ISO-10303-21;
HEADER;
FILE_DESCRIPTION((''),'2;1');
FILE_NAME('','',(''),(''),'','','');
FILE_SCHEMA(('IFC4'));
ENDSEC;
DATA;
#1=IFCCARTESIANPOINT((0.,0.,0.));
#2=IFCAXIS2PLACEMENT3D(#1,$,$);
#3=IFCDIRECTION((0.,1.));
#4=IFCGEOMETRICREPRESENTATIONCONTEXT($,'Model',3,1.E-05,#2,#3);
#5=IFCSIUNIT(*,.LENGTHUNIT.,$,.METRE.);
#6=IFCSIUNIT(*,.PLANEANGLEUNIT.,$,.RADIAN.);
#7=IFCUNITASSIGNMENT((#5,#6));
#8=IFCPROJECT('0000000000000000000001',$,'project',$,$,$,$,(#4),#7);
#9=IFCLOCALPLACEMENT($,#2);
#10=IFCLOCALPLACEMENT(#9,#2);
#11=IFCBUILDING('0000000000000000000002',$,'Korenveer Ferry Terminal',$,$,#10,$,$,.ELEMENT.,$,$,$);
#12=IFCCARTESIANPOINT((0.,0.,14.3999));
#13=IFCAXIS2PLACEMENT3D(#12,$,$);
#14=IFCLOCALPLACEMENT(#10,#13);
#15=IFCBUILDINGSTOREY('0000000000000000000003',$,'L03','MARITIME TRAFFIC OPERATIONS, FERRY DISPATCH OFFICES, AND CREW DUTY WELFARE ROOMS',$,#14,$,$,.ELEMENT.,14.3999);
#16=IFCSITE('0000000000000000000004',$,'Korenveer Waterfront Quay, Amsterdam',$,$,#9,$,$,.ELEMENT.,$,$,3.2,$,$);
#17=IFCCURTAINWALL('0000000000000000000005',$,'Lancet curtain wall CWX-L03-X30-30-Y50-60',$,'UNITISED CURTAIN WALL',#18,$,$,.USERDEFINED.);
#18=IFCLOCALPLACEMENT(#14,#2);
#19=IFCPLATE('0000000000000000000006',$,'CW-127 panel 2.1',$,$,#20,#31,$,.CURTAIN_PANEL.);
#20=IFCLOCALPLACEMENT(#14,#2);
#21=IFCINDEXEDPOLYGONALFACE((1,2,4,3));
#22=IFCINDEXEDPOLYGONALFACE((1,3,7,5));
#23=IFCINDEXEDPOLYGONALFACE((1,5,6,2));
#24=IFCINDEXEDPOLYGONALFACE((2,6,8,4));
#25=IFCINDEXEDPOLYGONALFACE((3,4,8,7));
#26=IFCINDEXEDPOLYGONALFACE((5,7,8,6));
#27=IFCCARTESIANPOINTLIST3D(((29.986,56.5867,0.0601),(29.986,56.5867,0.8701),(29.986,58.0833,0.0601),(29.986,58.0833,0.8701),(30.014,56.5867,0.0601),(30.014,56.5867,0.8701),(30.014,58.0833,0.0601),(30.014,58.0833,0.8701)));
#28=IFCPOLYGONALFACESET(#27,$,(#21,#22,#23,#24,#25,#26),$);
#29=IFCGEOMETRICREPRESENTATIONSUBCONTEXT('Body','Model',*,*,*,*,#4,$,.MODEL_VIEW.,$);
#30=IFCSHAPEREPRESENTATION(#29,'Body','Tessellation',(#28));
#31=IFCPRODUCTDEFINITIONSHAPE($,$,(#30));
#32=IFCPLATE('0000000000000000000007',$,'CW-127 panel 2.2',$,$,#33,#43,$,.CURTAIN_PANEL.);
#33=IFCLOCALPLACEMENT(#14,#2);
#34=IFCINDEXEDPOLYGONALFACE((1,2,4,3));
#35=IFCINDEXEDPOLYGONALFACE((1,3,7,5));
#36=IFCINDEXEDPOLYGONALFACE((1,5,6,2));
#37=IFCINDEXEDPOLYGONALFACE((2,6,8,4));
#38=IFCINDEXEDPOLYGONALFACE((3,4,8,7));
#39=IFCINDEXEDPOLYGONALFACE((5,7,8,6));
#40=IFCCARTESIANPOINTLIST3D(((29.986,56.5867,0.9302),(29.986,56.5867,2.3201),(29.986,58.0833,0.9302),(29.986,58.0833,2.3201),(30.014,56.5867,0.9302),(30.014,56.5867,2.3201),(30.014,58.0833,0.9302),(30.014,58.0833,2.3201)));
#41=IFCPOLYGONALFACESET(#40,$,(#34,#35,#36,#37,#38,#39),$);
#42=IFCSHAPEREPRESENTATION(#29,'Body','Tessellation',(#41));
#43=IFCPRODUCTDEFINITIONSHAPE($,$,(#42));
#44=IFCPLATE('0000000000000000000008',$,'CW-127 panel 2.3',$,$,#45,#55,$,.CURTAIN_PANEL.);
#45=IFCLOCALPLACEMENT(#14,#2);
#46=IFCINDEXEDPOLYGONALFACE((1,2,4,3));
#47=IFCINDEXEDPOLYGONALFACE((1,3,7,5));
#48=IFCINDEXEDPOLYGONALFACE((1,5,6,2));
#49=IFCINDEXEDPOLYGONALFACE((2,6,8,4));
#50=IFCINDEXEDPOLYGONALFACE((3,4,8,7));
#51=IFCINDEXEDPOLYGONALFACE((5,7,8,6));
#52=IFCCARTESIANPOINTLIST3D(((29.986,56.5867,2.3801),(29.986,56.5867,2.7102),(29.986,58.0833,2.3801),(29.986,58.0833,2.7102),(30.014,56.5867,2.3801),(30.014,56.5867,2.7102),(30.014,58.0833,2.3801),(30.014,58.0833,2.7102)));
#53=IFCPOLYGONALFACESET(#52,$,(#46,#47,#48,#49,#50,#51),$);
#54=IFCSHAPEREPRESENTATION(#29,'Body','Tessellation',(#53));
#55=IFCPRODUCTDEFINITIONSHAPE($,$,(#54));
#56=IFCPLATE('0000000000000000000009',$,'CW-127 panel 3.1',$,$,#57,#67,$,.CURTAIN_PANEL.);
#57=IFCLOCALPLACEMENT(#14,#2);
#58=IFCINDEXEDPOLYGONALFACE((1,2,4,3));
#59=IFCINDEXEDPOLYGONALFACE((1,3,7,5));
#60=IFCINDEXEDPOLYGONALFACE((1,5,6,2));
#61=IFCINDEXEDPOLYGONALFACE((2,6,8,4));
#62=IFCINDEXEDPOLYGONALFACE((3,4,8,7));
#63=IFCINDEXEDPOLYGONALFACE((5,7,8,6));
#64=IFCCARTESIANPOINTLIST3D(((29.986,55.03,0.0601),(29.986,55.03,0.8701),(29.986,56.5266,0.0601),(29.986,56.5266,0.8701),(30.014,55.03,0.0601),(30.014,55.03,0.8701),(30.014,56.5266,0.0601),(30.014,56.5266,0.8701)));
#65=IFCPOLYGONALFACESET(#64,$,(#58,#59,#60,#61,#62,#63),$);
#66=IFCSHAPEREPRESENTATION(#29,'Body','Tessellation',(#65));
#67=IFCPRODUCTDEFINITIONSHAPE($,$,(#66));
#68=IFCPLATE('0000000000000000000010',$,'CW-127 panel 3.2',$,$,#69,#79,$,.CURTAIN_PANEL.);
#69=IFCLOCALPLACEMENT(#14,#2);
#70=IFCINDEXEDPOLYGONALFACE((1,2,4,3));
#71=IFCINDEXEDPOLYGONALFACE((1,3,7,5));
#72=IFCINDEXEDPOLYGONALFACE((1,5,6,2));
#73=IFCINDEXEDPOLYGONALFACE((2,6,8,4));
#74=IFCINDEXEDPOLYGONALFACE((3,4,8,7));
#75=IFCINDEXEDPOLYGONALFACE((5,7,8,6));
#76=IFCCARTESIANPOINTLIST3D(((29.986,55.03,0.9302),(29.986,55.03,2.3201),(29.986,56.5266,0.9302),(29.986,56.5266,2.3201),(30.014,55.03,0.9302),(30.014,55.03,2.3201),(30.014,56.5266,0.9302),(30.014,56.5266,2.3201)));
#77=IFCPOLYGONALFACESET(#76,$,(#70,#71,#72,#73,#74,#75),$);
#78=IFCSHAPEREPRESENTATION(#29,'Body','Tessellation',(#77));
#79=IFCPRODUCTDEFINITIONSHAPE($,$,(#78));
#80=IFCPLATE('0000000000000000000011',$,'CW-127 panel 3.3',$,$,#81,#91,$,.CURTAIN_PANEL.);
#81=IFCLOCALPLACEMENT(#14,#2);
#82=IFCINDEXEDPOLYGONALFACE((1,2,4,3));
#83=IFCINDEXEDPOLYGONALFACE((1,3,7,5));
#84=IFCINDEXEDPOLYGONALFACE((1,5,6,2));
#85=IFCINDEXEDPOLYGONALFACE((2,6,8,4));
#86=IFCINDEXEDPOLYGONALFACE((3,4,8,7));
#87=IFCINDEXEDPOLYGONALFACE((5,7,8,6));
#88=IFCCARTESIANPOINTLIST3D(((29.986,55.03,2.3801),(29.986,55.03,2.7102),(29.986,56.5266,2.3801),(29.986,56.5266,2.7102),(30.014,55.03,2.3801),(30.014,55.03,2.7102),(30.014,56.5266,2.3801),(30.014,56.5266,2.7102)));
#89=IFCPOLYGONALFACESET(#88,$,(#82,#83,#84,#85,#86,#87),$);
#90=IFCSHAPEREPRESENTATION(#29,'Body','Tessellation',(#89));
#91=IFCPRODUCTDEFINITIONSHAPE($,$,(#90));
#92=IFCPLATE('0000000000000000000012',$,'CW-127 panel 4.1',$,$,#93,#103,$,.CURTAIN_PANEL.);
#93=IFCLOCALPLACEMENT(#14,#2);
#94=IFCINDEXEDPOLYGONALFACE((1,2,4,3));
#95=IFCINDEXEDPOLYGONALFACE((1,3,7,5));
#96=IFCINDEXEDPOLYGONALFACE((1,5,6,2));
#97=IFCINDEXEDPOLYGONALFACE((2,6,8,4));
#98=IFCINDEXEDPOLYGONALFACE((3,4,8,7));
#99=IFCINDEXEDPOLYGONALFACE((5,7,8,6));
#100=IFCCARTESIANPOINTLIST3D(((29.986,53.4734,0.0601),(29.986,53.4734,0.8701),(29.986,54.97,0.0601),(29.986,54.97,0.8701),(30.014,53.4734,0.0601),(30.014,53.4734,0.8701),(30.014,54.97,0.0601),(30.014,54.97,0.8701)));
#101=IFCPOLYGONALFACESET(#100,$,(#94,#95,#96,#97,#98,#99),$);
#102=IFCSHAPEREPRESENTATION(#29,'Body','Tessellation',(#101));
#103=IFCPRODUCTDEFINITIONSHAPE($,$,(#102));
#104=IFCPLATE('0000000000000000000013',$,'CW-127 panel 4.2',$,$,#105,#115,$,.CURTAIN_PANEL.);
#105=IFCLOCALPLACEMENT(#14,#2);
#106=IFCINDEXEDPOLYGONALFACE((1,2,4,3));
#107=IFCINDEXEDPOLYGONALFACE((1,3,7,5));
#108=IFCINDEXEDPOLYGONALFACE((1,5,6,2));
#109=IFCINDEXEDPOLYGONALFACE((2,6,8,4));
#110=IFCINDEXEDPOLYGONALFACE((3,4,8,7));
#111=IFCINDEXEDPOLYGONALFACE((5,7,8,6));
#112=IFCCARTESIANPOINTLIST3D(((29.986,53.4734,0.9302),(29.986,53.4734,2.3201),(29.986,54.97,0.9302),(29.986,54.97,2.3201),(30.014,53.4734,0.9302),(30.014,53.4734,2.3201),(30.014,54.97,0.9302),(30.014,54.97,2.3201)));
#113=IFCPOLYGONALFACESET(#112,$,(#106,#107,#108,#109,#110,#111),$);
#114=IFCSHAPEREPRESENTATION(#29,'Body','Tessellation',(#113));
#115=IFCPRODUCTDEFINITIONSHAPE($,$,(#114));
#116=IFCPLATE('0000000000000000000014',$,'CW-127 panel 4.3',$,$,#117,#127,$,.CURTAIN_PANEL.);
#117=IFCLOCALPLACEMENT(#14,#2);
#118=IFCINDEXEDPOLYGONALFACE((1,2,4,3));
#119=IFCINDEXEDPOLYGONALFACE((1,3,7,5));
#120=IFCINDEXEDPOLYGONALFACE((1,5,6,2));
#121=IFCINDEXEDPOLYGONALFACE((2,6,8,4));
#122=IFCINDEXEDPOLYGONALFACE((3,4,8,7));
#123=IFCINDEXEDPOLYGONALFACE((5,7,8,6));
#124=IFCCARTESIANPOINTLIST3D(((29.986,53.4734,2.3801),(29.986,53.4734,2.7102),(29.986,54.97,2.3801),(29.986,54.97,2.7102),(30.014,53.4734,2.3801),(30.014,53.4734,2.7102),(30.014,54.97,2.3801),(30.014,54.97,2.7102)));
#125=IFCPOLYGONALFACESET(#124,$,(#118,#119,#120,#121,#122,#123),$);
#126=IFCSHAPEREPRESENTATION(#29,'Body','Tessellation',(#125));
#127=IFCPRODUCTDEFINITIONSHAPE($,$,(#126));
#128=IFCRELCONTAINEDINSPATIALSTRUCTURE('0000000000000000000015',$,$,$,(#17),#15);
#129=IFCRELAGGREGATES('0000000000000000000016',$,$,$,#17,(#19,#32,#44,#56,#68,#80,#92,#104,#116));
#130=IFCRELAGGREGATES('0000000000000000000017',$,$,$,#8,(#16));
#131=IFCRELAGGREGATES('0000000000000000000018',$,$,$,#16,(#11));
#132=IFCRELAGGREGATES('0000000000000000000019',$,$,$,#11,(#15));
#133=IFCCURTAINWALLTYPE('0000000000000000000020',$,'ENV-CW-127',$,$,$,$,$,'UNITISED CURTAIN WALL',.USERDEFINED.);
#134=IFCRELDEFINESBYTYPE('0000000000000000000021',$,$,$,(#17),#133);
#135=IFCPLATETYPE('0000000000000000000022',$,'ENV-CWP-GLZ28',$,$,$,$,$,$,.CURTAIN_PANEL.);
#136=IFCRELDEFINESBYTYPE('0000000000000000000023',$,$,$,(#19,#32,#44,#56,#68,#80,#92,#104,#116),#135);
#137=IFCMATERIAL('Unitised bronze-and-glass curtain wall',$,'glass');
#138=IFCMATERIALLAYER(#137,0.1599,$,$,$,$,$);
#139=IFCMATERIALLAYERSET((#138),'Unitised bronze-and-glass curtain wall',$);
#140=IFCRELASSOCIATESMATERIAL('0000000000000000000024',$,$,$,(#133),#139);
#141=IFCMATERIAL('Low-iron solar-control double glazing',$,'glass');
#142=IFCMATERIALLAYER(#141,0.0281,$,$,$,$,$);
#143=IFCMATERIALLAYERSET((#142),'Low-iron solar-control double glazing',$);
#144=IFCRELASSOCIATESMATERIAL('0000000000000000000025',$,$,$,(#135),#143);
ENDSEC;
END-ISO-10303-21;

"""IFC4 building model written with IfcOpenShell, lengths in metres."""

from ifc_helpers import new_model, si_unit, direction, frame, origin, origin_2d, place, context, subcontext, project, spatial, rectangle, extrude, material, layer, layer_set, type_object, element, aggregate, save


model = new_model("IFC4")

# Units and contexts
model_context = context("Model", 3, precision=1e-05, world=origin(), true_north=direction((0.0, 1.0)))
body_context = subcontext(model_context, "Body", "Model", "MODEL_VIEW")
ifc_project = project(units=[si_unit("LENGTHUNIT", "METRE"), si_unit("PLANEANGLEUNIT", "RADIAN")], contexts=[model_context])

# Site, building, storey
site_placement = place(None, origin())
site = spatial("IfcSite", under=ifc_project, at=site_placement, Name="Korenveer Waterfront Quay, Amsterdam", CompositionType="ELEMENT", RefElevation=3.2)
building_placement = place(site_placement, origin())
building = spatial("IfcBuilding", under=site, at=building_placement, Name="Korenveer Ferry Terminal", CompositionType="ELEMENT")
storey_placement = place(building_placement, frame((0.0, 0.0, 14.3999)))
storey = spatial("IfcBuildingStorey", under=building, at=storey_placement, Name="L03", Description="MARITIME TRAFFIC OPERATIONS, FERRY DISPATCH OFFICES, AND CREW DUTY WELFARE ROOMS", CompositionType="ELEMENT", Elevation=14.3999)

# Curtain wall
ifc_material_1 = material(Name="Unitised bronze-and-glass curtain wall", Category="glass")
ifc_layer_1 = layer(ifc_material_1, 0.1599)
ifc_layer_set_1 = layer_set([ifc_layer_1], Name="Unitised bronze-and-glass curtain wall")
curtain_wall_type_1 = type_object("IfcCurtainWallType", Name="ENV-CW-127", ElementType="UNITISED CURTAIN WALL", PredefinedType="USERDEFINED", material=ifc_layer_set_1)
curtain_wall_1_placement = place(storey_placement, frame((30.0, 59.6699, 0.0)))
curtain_wall_1 = element("IfcCurtainWall", 1, at=curtain_wall_1_placement, inside=storey, type_object=curtain_wall_type_1, Name="Lancet curtain wall CWX-L03-X30-30-Y50-60", ObjectType="UNITISED CURTAIN WALL", PredefinedType="USERDEFINED")

# Shared definitions
ifc_material_2 = material(Name="Low-iron solar-control double glazing", Category="glass")
ifc_layer_2 = layer(ifc_material_2, 0.0281)
ifc_layer_set_2 = layer_set([ifc_layer_2], Name="Low-iron solar-control double glazing")
plate_type = type_object("IfcPlateType", Name="ENV-CWP-GLZ28", PredefinedType="CURTAIN_PANEL", material=ifc_layer_set_2)

# Plates
plate_1_placement = place(storey_placement, frame((30.0, 57.335, 0.0601), z_axis=(0.0, 0.0, 1.0), x_axis=(0.0, -1.0, 0.0)))
plate_1 = element("IfcPlate", 2, at=plate_1_placement, type_object=plate_type, Name="CW-127 panel 2.1", PredefinedType="CURTAIN_PANEL", context=body_context, shape_type="SweptSolid", body=[
    extrude(rectangle(XDim=1.4966, YDim=0.0281, at=origin_2d()), origin(), (0.0, 0.0, 1.0), 0.8101),
])
plate_2_placement = place(storey_placement, frame((30.0, 57.335, 0.9302), z_axis=(0.0, 0.0, 1.0), x_axis=(0.0, -1.0, 0.0)))
plate_2 = element("IfcPlate", 3, at=plate_2_placement, type_object=plate_type, Name="CW-127 panel 2.2", PredefinedType="CURTAIN_PANEL", context=body_context, shape_type="SweptSolid", body=[
    extrude(rectangle(XDim=1.4966, YDim=0.0281, at=origin_2d()), origin(), (0.0, 0.0, 1.0), 1.3899),
])
plate_3_placement = place(storey_placement, frame((30.0, 57.335, 2.3801), z_axis=(0.0, 0.0, 1.0), x_axis=(0.0, -1.0, 0.0)))
plate_3 = element("IfcPlate", 4, at=plate_3_placement, type_object=plate_type, Name="CW-127 panel 2.3", PredefinedType="CURTAIN_PANEL", context=body_context, shape_type="SweptSolid", body=[
    extrude(rectangle(XDim=1.4966, YDim=0.0281, at=origin_2d()), origin(), (0.0, 0.0, 1.0), 0.3301),
])
plate_4_placement = place(storey_placement, frame((30.0, 55.7783, 0.0601), z_axis=(0.0, 0.0, 1.0), x_axis=(0.0, -1.0, 0.0)))
plate_4 = element("IfcPlate", 5, at=plate_4_placement, type_object=plate_type, Name="CW-127 panel 3.1", PredefinedType="CURTAIN_PANEL", context=body_context, shape_type="SweptSolid", body=[
    extrude(rectangle(XDim=1.4966, YDim=0.0281, at=origin_2d()), origin(), (0.0, 0.0, 1.0), 0.8101),
])
plate_5_placement = place(storey_placement, frame((30.0, 55.7783, 0.9302), z_axis=(0.0, 0.0, 1.0), x_axis=(0.0, -1.0, 0.0)))
plate_5 = element("IfcPlate", 6, at=plate_5_placement, type_object=plate_type, Name="CW-127 panel 3.2", PredefinedType="CURTAIN_PANEL", context=body_context, shape_type="SweptSolid", body=[
    extrude(rectangle(XDim=1.4966, YDim=0.0281, at=origin_2d()), origin(), (0.0, 0.0, 1.0), 1.3899),
])
plate_6_placement = place(storey_placement, frame((30.0, 55.7783, 2.3801), z_axis=(0.0, 0.0, 1.0), x_axis=(0.0, -1.0, 0.0)))
plate_6 = element("IfcPlate", 7, at=plate_6_placement, type_object=plate_type, Name="CW-127 panel 3.3", PredefinedType="CURTAIN_PANEL", context=body_context, shape_type="SweptSolid", body=[
    extrude(rectangle(XDim=1.4966, YDim=0.0281, at=origin_2d()), origin(), (0.0, 0.0, 1.0), 0.3301),
])
plate_7_placement = place(storey_placement, frame((30.0, 54.2217, 0.0601), z_axis=(0.0, 0.0, 1.0), x_axis=(0.0, -1.0, 0.0)))
plate_7 = element("IfcPlate", 8, at=plate_7_placement, type_object=plate_type, Name="CW-127 panel 4.1", PredefinedType="CURTAIN_PANEL", context=body_context, shape_type="SweptSolid", body=[
    extrude(rectangle(XDim=1.4966, YDim=0.0281, at=origin_2d()), origin(), (0.0, 0.0, 1.0), 0.8101),
])
plate_8_placement = place(storey_placement, frame((30.0, 54.2217, 0.9302), z_axis=(0.0, 0.0, 1.0), x_axis=(0.0, -1.0, 0.0)))
plate_8 = element("IfcPlate", 9, at=plate_8_placement, type_object=plate_type, Name="CW-127 panel 4.2", PredefinedType="CURTAIN_PANEL", context=body_context, shape_type="SweptSolid", body=[
    extrude(rectangle(XDim=1.4966, YDim=0.0281, at=origin_2d()), origin(), (0.0, 0.0, 1.0), 1.3899),
])
plate_9_placement = place(storey_placement, frame((30.0, 54.2217, 2.3801), z_axis=(0.0, 0.0, 1.0), x_axis=(0.0, -1.0, 0.0)))
plate_9 = element("IfcPlate", 10, at=plate_9_placement, type_object=plate_type, Name="CW-127 panel 4.3", PredefinedType="CURTAIN_PANEL", context=body_context, shape_type="SweptSolid", body=[
    extrude(rectangle(XDim=1.4966, YDim=0.0281, at=origin_2d()), origin(), (0.0, 0.0, 1.0), 0.3301),
])
aggregate(curtain_wall_1, [plate_1, plate_2, plate_3, plate_4, plate_5, plate_6, plate_7, plate_8, plate_9])

save(model, "model.ifc")
